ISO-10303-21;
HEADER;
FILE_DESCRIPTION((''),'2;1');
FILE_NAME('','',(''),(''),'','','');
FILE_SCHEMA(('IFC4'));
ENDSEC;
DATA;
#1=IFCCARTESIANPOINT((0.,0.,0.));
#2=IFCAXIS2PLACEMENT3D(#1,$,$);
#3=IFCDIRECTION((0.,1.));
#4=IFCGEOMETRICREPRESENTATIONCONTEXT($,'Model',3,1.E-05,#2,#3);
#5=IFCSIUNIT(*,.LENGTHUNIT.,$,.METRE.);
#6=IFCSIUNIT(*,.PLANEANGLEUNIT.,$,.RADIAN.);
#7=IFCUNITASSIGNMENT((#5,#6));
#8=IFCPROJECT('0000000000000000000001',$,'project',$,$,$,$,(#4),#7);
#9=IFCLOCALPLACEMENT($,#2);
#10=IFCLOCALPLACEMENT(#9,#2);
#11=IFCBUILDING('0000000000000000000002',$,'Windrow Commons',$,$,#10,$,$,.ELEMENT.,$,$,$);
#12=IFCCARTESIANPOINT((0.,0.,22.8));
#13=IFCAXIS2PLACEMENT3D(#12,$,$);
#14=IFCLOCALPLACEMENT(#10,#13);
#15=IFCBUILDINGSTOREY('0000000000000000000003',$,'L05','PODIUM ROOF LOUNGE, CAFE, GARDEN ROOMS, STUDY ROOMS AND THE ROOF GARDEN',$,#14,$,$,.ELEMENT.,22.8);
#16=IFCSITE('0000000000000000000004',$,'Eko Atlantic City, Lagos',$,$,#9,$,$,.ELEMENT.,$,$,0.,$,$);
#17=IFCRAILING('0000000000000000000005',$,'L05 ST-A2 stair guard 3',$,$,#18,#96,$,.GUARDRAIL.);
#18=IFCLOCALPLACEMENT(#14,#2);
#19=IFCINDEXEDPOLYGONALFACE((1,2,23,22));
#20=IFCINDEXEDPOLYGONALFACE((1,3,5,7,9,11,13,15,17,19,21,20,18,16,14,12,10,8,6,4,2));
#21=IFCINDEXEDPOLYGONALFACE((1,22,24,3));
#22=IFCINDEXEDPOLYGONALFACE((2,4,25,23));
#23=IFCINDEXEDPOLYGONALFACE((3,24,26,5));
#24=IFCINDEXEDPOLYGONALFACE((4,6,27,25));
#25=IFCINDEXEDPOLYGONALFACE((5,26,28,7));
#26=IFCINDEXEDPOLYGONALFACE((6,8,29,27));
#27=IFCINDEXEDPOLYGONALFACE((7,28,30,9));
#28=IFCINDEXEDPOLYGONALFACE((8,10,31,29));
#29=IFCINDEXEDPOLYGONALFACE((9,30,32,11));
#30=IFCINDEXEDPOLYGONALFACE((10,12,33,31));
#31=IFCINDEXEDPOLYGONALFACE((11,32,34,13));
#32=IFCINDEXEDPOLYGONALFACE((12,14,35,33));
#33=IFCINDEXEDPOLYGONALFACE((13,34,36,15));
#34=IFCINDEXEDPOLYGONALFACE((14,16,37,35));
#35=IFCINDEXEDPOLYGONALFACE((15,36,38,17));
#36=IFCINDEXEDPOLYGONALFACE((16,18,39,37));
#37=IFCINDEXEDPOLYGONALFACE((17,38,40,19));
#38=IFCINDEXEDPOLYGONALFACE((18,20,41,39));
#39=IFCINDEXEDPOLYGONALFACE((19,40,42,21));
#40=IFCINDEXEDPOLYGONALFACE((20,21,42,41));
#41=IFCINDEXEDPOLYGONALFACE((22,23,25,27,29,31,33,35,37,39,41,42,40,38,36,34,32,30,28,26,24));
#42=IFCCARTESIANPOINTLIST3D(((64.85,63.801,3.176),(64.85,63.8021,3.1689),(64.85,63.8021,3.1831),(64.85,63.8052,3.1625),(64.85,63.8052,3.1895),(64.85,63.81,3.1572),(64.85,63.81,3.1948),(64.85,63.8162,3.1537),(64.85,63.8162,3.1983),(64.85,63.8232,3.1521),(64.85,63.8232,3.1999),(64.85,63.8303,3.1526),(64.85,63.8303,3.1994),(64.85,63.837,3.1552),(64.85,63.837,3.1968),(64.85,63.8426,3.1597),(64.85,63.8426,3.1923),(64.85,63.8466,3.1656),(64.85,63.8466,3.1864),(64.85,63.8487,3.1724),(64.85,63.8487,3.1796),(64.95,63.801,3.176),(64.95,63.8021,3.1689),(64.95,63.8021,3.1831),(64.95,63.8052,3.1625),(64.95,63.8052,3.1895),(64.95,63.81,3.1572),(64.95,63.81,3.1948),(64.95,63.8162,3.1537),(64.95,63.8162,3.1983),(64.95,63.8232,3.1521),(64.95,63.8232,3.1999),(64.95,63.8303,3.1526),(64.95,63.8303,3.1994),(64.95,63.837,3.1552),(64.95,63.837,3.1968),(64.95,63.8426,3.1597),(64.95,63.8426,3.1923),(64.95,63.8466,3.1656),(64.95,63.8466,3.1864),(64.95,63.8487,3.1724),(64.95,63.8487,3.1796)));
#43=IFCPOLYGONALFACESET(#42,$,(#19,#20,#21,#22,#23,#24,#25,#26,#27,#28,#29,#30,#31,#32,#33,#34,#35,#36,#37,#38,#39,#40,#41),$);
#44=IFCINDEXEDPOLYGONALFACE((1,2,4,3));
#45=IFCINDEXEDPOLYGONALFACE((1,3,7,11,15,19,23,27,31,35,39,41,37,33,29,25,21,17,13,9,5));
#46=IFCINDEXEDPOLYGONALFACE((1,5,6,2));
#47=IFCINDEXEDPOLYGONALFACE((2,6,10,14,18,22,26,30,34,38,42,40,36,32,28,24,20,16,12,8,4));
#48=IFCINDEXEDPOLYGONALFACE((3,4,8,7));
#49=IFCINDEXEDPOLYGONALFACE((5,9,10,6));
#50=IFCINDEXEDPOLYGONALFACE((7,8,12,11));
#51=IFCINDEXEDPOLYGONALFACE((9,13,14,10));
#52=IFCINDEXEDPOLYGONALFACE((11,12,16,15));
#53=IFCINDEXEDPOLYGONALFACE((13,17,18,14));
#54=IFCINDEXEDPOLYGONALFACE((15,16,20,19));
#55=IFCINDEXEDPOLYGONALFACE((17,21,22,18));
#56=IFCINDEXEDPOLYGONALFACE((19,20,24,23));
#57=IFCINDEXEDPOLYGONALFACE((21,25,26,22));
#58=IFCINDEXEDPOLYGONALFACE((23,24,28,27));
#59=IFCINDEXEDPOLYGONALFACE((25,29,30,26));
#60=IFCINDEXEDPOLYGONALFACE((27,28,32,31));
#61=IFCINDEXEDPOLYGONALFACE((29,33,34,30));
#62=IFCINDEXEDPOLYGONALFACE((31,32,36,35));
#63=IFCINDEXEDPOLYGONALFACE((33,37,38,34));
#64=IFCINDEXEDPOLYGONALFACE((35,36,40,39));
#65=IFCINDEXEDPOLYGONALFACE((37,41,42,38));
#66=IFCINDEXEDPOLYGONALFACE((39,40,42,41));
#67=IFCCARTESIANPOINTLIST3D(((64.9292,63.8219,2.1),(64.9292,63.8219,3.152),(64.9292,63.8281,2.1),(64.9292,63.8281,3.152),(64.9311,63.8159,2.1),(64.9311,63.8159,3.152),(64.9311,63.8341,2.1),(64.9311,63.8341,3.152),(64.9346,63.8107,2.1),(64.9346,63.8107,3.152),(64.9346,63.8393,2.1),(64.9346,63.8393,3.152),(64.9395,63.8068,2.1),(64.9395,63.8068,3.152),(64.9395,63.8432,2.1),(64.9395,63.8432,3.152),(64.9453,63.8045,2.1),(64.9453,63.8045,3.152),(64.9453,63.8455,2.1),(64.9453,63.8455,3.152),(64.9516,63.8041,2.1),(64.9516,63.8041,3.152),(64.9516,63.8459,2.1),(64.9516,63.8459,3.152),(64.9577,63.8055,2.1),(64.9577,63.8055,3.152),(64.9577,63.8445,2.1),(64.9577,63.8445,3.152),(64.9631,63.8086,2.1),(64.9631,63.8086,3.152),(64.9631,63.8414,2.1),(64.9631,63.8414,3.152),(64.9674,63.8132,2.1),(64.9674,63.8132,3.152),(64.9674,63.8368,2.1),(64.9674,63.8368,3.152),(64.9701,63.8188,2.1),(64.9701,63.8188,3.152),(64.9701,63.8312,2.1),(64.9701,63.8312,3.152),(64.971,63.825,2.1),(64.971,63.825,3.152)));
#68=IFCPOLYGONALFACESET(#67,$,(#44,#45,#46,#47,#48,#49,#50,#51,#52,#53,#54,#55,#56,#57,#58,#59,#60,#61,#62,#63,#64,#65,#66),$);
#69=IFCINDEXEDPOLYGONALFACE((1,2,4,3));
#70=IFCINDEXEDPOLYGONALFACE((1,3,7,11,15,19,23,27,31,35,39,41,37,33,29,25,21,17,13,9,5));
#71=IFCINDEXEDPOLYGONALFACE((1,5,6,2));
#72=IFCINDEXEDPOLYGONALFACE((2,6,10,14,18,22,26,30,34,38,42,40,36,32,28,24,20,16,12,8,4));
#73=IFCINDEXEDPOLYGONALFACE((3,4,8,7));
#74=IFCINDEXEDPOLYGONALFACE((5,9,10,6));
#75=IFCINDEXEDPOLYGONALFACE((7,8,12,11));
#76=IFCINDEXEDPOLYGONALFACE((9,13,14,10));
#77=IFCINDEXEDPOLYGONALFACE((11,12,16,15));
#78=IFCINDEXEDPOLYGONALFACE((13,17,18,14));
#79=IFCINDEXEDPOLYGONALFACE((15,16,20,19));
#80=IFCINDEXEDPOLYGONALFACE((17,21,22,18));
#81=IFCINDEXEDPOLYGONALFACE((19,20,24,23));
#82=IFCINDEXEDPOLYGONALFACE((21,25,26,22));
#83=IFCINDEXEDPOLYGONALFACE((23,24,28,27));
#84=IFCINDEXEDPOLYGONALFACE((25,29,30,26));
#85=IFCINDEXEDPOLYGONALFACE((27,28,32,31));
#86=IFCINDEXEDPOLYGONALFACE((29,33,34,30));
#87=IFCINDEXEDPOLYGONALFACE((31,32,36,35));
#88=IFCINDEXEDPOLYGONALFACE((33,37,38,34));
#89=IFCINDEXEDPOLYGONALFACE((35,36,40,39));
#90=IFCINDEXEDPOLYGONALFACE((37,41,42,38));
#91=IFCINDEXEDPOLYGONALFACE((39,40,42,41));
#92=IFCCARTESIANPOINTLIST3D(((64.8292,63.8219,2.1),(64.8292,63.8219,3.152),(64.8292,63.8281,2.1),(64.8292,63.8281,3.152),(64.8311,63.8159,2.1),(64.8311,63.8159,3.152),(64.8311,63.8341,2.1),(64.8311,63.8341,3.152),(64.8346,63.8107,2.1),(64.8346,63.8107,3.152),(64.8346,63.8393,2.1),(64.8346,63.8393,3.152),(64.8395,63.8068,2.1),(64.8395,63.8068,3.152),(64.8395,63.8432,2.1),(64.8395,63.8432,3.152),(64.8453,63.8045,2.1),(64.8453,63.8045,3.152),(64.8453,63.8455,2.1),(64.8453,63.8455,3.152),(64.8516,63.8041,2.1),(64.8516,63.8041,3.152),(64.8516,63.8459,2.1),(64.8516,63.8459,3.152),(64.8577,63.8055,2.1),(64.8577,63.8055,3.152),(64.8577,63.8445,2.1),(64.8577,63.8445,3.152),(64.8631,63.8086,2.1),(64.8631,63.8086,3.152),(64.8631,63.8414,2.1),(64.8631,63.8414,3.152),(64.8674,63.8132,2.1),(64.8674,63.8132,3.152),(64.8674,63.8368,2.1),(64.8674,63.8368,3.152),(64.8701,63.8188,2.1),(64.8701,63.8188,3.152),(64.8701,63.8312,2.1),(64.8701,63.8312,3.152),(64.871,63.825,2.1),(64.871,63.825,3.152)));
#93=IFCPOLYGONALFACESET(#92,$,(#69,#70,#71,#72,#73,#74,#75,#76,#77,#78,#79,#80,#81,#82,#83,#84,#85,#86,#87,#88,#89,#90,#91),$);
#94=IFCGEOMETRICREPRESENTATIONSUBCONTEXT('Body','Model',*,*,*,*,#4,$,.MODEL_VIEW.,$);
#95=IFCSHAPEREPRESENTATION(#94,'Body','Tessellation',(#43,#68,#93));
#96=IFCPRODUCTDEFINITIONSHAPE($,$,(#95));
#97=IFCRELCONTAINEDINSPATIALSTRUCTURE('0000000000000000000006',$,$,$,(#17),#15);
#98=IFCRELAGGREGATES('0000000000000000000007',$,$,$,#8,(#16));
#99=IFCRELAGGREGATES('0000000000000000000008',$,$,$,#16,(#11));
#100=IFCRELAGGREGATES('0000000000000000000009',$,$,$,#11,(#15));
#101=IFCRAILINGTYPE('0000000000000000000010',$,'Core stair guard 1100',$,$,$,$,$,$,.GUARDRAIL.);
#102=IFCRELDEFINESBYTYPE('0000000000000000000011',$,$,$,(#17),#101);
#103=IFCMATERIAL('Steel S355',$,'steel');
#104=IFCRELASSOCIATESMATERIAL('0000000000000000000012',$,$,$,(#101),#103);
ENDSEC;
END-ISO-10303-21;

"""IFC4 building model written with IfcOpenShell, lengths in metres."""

from ifc_helpers import new_model, si_unit, direction, frame, origin, origin_2d, place, context, subcontext, project, spatial, circle, extrude, material, type_object, element, save


model = new_model("IFC4")

# Units and contexts
model_context = context("Model", 3, precision=1e-05, world=origin(), true_north=direction((0.0, 1.0)))
body_context = subcontext(model_context, "Body", "Model", "MODEL_VIEW")
ifc_project = project(units=[si_unit("LENGTHUNIT", "METRE"), si_unit("PLANEANGLEUNIT", "RADIAN")], contexts=[model_context])

# Site, building, storey
site_placement = place(None, origin())
site = spatial("IfcSite", under=ifc_project, at=site_placement, Name="Eko Atlantic City, Lagos", CompositionType="ELEMENT", RefElevation=0.0)
building_placement = place(site_placement, origin())
building = spatial("IfcBuilding", under=site, at=building_placement, Name="Windrow Commons", CompositionType="ELEMENT")
storey_placement = place(building_placement, frame((0.0, 0.0, 22.8)))
storey = spatial("IfcBuildingStorey", under=building, at=storey_placement, Name="L05", Description="PODIUM ROOF LOUNGE, CAFE, GARDEN ROOMS, STUDY ROOMS AND THE ROOF GARDEN", CompositionType="ELEMENT", Elevation=22.8)

# Railing
ifc_material_1 = material(Name="Steel S355", Category="steel")
railing_type_1 = type_object("IfcRailingType", Name="Core stair guard 1100", PredefinedType="GUARDRAIL", material=ifc_material_1)
railing_1_placement = place(storey_placement, frame((64.95, 63.825, 2.1)))
element("IfcRailing", 1, at=railing_1_placement, inside=storey, type_object=railing_type_1, Name="L05 ST-A2 stair guard 3", PredefinedType="GUARDRAIL", context=body_context, shape_type="SweptSolid", body=[
    extrude(circle(Radius=0.024, at=origin_2d()), frame((0.0, 0.0, 1.076), z_axis=(-1.0, 0.0, 0.0), x_axis=(0.0, -1.0, 0.0)), (0.0, 0.0, 1.0), 0.1),
    extrude(circle(Radius=0.021, at=origin_2d()), origin(), (0.0, 0.0, 1.0), 1.052),
    extrude(circle(Radius=0.021, at=origin_2d()), frame((-0.1, 0.0, 0.0)), (0.0, 0.0, 1.0), 1.052),
])

save(model, "model.ifc")
